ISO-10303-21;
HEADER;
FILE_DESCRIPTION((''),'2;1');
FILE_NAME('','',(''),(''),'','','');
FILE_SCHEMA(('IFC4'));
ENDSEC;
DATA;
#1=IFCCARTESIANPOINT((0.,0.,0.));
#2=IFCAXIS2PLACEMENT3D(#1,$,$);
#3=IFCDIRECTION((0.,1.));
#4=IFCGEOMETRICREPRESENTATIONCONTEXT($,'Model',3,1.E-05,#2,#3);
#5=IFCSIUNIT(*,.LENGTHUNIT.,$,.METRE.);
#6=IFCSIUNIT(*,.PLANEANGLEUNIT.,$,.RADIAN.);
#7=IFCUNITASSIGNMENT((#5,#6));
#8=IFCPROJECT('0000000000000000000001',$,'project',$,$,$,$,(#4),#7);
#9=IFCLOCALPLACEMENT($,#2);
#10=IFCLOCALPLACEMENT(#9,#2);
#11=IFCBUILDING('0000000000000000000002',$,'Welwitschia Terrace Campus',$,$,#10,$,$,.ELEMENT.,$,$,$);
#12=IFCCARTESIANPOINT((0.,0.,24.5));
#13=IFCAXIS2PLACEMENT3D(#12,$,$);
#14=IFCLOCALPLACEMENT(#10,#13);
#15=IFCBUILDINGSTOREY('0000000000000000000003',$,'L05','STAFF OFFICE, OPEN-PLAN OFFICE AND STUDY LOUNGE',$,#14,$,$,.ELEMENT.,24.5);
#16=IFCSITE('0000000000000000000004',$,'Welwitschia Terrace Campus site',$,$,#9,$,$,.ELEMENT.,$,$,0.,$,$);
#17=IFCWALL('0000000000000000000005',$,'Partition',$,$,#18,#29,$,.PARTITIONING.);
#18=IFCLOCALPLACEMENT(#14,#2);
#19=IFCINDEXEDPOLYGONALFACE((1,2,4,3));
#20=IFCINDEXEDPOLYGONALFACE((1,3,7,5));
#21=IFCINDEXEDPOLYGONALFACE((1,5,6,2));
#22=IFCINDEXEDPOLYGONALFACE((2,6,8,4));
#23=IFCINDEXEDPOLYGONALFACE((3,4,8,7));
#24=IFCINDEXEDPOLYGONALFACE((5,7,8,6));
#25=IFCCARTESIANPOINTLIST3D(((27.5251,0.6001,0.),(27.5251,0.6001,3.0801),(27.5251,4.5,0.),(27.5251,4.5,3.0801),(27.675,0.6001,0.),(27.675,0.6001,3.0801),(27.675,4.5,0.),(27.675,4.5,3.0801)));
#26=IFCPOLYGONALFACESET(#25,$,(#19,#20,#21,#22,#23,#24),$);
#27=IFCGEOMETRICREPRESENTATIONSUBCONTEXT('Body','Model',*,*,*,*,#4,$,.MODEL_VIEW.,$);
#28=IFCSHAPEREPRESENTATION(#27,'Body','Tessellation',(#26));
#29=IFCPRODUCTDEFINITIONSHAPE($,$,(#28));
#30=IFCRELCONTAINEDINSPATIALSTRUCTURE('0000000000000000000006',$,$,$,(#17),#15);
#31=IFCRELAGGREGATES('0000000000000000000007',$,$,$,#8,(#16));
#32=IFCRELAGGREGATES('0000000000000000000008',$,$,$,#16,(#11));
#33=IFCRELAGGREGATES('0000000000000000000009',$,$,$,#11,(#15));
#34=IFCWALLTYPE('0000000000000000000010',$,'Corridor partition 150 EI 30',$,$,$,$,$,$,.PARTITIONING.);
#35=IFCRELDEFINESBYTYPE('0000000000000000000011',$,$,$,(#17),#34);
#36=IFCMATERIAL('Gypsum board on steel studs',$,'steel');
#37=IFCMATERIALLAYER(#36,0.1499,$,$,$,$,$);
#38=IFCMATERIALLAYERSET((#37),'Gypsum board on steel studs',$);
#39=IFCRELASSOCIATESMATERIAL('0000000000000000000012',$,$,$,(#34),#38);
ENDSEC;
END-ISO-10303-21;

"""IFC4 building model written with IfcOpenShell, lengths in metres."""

from ifc_helpers import new_model, si_unit, direction, frame, frame_2d, origin, place, context, subcontext, project, spatial, rectangle, extrude, material, layer, layer_set, type_object, element, save


model = new_model("IFC4")

# Units and contexts
model_context = context("Model", 3, precision=1e-05, world=origin(), true_north=direction((0.0, 1.0)))
body_context = subcontext(model_context, "Body", "Model", "MODEL_VIEW")
ifc_project = project(units=[si_unit("LENGTHUNIT", "METRE"), si_unit("PLANEANGLEUNIT", "RADIAN")], contexts=[model_context])

# Site, building, storey
site_placement = place(None, origin())
site = spatial("IfcSite", under=ifc_project, at=site_placement, Name="Welwitschia Terrace Campus site", CompositionType="ELEMENT", RefElevation=0.0)
building_placement = place(site_placement, origin())
building = spatial("IfcBuilding", under=site, at=building_placement, Name="Welwitschia Terrace Campus", CompositionType="ELEMENT")
storey_placement = place(building_placement, frame((0.0, 0.0, 24.5)))
storey = spatial("IfcBuildingStorey", under=building, at=storey_placement, Name="L05", Description="STAFF OFFICE, OPEN-PLAN OFFICE AND STUDY LOUNGE", CompositionType="ELEMENT", Elevation=24.5)

# Shared definitions
ifc_material_1 = material(Name="Gypsum board on steel studs", Category="steel")
ifc_layer_1 = layer(ifc_material_1, 0.1499)
ifc_layer_set_1 = layer_set([ifc_layer_1], Name="Gypsum board on steel studs")
wall_type = type_object("IfcWallType", Name="Corridor partition 150 EI 30", PredefinedType="PARTITIONING", material=ifc_layer_set_1)

# Wall
wall_1_placement = place(storey_placement, frame((27.6001, 0.6001, 0.0), z_axis=(0.0, 0.0, 1.0), x_axis=(0.0, 1.0, 0.0)))
element("IfcWall", 1, at=wall_1_placement, inside=storey, type_object=wall_type, Name="Partition", PredefinedType="PARTITIONING", context=body_context, shape_type="SweptSolid", body=[
    extrude(rectangle(XDim=3.8999, YDim=0.1499, at=frame_2d((1.95, 0.0))), origin(), (0.0, 0.0, 1.0), 3.0801),
])

save(model, "model.ifc")
